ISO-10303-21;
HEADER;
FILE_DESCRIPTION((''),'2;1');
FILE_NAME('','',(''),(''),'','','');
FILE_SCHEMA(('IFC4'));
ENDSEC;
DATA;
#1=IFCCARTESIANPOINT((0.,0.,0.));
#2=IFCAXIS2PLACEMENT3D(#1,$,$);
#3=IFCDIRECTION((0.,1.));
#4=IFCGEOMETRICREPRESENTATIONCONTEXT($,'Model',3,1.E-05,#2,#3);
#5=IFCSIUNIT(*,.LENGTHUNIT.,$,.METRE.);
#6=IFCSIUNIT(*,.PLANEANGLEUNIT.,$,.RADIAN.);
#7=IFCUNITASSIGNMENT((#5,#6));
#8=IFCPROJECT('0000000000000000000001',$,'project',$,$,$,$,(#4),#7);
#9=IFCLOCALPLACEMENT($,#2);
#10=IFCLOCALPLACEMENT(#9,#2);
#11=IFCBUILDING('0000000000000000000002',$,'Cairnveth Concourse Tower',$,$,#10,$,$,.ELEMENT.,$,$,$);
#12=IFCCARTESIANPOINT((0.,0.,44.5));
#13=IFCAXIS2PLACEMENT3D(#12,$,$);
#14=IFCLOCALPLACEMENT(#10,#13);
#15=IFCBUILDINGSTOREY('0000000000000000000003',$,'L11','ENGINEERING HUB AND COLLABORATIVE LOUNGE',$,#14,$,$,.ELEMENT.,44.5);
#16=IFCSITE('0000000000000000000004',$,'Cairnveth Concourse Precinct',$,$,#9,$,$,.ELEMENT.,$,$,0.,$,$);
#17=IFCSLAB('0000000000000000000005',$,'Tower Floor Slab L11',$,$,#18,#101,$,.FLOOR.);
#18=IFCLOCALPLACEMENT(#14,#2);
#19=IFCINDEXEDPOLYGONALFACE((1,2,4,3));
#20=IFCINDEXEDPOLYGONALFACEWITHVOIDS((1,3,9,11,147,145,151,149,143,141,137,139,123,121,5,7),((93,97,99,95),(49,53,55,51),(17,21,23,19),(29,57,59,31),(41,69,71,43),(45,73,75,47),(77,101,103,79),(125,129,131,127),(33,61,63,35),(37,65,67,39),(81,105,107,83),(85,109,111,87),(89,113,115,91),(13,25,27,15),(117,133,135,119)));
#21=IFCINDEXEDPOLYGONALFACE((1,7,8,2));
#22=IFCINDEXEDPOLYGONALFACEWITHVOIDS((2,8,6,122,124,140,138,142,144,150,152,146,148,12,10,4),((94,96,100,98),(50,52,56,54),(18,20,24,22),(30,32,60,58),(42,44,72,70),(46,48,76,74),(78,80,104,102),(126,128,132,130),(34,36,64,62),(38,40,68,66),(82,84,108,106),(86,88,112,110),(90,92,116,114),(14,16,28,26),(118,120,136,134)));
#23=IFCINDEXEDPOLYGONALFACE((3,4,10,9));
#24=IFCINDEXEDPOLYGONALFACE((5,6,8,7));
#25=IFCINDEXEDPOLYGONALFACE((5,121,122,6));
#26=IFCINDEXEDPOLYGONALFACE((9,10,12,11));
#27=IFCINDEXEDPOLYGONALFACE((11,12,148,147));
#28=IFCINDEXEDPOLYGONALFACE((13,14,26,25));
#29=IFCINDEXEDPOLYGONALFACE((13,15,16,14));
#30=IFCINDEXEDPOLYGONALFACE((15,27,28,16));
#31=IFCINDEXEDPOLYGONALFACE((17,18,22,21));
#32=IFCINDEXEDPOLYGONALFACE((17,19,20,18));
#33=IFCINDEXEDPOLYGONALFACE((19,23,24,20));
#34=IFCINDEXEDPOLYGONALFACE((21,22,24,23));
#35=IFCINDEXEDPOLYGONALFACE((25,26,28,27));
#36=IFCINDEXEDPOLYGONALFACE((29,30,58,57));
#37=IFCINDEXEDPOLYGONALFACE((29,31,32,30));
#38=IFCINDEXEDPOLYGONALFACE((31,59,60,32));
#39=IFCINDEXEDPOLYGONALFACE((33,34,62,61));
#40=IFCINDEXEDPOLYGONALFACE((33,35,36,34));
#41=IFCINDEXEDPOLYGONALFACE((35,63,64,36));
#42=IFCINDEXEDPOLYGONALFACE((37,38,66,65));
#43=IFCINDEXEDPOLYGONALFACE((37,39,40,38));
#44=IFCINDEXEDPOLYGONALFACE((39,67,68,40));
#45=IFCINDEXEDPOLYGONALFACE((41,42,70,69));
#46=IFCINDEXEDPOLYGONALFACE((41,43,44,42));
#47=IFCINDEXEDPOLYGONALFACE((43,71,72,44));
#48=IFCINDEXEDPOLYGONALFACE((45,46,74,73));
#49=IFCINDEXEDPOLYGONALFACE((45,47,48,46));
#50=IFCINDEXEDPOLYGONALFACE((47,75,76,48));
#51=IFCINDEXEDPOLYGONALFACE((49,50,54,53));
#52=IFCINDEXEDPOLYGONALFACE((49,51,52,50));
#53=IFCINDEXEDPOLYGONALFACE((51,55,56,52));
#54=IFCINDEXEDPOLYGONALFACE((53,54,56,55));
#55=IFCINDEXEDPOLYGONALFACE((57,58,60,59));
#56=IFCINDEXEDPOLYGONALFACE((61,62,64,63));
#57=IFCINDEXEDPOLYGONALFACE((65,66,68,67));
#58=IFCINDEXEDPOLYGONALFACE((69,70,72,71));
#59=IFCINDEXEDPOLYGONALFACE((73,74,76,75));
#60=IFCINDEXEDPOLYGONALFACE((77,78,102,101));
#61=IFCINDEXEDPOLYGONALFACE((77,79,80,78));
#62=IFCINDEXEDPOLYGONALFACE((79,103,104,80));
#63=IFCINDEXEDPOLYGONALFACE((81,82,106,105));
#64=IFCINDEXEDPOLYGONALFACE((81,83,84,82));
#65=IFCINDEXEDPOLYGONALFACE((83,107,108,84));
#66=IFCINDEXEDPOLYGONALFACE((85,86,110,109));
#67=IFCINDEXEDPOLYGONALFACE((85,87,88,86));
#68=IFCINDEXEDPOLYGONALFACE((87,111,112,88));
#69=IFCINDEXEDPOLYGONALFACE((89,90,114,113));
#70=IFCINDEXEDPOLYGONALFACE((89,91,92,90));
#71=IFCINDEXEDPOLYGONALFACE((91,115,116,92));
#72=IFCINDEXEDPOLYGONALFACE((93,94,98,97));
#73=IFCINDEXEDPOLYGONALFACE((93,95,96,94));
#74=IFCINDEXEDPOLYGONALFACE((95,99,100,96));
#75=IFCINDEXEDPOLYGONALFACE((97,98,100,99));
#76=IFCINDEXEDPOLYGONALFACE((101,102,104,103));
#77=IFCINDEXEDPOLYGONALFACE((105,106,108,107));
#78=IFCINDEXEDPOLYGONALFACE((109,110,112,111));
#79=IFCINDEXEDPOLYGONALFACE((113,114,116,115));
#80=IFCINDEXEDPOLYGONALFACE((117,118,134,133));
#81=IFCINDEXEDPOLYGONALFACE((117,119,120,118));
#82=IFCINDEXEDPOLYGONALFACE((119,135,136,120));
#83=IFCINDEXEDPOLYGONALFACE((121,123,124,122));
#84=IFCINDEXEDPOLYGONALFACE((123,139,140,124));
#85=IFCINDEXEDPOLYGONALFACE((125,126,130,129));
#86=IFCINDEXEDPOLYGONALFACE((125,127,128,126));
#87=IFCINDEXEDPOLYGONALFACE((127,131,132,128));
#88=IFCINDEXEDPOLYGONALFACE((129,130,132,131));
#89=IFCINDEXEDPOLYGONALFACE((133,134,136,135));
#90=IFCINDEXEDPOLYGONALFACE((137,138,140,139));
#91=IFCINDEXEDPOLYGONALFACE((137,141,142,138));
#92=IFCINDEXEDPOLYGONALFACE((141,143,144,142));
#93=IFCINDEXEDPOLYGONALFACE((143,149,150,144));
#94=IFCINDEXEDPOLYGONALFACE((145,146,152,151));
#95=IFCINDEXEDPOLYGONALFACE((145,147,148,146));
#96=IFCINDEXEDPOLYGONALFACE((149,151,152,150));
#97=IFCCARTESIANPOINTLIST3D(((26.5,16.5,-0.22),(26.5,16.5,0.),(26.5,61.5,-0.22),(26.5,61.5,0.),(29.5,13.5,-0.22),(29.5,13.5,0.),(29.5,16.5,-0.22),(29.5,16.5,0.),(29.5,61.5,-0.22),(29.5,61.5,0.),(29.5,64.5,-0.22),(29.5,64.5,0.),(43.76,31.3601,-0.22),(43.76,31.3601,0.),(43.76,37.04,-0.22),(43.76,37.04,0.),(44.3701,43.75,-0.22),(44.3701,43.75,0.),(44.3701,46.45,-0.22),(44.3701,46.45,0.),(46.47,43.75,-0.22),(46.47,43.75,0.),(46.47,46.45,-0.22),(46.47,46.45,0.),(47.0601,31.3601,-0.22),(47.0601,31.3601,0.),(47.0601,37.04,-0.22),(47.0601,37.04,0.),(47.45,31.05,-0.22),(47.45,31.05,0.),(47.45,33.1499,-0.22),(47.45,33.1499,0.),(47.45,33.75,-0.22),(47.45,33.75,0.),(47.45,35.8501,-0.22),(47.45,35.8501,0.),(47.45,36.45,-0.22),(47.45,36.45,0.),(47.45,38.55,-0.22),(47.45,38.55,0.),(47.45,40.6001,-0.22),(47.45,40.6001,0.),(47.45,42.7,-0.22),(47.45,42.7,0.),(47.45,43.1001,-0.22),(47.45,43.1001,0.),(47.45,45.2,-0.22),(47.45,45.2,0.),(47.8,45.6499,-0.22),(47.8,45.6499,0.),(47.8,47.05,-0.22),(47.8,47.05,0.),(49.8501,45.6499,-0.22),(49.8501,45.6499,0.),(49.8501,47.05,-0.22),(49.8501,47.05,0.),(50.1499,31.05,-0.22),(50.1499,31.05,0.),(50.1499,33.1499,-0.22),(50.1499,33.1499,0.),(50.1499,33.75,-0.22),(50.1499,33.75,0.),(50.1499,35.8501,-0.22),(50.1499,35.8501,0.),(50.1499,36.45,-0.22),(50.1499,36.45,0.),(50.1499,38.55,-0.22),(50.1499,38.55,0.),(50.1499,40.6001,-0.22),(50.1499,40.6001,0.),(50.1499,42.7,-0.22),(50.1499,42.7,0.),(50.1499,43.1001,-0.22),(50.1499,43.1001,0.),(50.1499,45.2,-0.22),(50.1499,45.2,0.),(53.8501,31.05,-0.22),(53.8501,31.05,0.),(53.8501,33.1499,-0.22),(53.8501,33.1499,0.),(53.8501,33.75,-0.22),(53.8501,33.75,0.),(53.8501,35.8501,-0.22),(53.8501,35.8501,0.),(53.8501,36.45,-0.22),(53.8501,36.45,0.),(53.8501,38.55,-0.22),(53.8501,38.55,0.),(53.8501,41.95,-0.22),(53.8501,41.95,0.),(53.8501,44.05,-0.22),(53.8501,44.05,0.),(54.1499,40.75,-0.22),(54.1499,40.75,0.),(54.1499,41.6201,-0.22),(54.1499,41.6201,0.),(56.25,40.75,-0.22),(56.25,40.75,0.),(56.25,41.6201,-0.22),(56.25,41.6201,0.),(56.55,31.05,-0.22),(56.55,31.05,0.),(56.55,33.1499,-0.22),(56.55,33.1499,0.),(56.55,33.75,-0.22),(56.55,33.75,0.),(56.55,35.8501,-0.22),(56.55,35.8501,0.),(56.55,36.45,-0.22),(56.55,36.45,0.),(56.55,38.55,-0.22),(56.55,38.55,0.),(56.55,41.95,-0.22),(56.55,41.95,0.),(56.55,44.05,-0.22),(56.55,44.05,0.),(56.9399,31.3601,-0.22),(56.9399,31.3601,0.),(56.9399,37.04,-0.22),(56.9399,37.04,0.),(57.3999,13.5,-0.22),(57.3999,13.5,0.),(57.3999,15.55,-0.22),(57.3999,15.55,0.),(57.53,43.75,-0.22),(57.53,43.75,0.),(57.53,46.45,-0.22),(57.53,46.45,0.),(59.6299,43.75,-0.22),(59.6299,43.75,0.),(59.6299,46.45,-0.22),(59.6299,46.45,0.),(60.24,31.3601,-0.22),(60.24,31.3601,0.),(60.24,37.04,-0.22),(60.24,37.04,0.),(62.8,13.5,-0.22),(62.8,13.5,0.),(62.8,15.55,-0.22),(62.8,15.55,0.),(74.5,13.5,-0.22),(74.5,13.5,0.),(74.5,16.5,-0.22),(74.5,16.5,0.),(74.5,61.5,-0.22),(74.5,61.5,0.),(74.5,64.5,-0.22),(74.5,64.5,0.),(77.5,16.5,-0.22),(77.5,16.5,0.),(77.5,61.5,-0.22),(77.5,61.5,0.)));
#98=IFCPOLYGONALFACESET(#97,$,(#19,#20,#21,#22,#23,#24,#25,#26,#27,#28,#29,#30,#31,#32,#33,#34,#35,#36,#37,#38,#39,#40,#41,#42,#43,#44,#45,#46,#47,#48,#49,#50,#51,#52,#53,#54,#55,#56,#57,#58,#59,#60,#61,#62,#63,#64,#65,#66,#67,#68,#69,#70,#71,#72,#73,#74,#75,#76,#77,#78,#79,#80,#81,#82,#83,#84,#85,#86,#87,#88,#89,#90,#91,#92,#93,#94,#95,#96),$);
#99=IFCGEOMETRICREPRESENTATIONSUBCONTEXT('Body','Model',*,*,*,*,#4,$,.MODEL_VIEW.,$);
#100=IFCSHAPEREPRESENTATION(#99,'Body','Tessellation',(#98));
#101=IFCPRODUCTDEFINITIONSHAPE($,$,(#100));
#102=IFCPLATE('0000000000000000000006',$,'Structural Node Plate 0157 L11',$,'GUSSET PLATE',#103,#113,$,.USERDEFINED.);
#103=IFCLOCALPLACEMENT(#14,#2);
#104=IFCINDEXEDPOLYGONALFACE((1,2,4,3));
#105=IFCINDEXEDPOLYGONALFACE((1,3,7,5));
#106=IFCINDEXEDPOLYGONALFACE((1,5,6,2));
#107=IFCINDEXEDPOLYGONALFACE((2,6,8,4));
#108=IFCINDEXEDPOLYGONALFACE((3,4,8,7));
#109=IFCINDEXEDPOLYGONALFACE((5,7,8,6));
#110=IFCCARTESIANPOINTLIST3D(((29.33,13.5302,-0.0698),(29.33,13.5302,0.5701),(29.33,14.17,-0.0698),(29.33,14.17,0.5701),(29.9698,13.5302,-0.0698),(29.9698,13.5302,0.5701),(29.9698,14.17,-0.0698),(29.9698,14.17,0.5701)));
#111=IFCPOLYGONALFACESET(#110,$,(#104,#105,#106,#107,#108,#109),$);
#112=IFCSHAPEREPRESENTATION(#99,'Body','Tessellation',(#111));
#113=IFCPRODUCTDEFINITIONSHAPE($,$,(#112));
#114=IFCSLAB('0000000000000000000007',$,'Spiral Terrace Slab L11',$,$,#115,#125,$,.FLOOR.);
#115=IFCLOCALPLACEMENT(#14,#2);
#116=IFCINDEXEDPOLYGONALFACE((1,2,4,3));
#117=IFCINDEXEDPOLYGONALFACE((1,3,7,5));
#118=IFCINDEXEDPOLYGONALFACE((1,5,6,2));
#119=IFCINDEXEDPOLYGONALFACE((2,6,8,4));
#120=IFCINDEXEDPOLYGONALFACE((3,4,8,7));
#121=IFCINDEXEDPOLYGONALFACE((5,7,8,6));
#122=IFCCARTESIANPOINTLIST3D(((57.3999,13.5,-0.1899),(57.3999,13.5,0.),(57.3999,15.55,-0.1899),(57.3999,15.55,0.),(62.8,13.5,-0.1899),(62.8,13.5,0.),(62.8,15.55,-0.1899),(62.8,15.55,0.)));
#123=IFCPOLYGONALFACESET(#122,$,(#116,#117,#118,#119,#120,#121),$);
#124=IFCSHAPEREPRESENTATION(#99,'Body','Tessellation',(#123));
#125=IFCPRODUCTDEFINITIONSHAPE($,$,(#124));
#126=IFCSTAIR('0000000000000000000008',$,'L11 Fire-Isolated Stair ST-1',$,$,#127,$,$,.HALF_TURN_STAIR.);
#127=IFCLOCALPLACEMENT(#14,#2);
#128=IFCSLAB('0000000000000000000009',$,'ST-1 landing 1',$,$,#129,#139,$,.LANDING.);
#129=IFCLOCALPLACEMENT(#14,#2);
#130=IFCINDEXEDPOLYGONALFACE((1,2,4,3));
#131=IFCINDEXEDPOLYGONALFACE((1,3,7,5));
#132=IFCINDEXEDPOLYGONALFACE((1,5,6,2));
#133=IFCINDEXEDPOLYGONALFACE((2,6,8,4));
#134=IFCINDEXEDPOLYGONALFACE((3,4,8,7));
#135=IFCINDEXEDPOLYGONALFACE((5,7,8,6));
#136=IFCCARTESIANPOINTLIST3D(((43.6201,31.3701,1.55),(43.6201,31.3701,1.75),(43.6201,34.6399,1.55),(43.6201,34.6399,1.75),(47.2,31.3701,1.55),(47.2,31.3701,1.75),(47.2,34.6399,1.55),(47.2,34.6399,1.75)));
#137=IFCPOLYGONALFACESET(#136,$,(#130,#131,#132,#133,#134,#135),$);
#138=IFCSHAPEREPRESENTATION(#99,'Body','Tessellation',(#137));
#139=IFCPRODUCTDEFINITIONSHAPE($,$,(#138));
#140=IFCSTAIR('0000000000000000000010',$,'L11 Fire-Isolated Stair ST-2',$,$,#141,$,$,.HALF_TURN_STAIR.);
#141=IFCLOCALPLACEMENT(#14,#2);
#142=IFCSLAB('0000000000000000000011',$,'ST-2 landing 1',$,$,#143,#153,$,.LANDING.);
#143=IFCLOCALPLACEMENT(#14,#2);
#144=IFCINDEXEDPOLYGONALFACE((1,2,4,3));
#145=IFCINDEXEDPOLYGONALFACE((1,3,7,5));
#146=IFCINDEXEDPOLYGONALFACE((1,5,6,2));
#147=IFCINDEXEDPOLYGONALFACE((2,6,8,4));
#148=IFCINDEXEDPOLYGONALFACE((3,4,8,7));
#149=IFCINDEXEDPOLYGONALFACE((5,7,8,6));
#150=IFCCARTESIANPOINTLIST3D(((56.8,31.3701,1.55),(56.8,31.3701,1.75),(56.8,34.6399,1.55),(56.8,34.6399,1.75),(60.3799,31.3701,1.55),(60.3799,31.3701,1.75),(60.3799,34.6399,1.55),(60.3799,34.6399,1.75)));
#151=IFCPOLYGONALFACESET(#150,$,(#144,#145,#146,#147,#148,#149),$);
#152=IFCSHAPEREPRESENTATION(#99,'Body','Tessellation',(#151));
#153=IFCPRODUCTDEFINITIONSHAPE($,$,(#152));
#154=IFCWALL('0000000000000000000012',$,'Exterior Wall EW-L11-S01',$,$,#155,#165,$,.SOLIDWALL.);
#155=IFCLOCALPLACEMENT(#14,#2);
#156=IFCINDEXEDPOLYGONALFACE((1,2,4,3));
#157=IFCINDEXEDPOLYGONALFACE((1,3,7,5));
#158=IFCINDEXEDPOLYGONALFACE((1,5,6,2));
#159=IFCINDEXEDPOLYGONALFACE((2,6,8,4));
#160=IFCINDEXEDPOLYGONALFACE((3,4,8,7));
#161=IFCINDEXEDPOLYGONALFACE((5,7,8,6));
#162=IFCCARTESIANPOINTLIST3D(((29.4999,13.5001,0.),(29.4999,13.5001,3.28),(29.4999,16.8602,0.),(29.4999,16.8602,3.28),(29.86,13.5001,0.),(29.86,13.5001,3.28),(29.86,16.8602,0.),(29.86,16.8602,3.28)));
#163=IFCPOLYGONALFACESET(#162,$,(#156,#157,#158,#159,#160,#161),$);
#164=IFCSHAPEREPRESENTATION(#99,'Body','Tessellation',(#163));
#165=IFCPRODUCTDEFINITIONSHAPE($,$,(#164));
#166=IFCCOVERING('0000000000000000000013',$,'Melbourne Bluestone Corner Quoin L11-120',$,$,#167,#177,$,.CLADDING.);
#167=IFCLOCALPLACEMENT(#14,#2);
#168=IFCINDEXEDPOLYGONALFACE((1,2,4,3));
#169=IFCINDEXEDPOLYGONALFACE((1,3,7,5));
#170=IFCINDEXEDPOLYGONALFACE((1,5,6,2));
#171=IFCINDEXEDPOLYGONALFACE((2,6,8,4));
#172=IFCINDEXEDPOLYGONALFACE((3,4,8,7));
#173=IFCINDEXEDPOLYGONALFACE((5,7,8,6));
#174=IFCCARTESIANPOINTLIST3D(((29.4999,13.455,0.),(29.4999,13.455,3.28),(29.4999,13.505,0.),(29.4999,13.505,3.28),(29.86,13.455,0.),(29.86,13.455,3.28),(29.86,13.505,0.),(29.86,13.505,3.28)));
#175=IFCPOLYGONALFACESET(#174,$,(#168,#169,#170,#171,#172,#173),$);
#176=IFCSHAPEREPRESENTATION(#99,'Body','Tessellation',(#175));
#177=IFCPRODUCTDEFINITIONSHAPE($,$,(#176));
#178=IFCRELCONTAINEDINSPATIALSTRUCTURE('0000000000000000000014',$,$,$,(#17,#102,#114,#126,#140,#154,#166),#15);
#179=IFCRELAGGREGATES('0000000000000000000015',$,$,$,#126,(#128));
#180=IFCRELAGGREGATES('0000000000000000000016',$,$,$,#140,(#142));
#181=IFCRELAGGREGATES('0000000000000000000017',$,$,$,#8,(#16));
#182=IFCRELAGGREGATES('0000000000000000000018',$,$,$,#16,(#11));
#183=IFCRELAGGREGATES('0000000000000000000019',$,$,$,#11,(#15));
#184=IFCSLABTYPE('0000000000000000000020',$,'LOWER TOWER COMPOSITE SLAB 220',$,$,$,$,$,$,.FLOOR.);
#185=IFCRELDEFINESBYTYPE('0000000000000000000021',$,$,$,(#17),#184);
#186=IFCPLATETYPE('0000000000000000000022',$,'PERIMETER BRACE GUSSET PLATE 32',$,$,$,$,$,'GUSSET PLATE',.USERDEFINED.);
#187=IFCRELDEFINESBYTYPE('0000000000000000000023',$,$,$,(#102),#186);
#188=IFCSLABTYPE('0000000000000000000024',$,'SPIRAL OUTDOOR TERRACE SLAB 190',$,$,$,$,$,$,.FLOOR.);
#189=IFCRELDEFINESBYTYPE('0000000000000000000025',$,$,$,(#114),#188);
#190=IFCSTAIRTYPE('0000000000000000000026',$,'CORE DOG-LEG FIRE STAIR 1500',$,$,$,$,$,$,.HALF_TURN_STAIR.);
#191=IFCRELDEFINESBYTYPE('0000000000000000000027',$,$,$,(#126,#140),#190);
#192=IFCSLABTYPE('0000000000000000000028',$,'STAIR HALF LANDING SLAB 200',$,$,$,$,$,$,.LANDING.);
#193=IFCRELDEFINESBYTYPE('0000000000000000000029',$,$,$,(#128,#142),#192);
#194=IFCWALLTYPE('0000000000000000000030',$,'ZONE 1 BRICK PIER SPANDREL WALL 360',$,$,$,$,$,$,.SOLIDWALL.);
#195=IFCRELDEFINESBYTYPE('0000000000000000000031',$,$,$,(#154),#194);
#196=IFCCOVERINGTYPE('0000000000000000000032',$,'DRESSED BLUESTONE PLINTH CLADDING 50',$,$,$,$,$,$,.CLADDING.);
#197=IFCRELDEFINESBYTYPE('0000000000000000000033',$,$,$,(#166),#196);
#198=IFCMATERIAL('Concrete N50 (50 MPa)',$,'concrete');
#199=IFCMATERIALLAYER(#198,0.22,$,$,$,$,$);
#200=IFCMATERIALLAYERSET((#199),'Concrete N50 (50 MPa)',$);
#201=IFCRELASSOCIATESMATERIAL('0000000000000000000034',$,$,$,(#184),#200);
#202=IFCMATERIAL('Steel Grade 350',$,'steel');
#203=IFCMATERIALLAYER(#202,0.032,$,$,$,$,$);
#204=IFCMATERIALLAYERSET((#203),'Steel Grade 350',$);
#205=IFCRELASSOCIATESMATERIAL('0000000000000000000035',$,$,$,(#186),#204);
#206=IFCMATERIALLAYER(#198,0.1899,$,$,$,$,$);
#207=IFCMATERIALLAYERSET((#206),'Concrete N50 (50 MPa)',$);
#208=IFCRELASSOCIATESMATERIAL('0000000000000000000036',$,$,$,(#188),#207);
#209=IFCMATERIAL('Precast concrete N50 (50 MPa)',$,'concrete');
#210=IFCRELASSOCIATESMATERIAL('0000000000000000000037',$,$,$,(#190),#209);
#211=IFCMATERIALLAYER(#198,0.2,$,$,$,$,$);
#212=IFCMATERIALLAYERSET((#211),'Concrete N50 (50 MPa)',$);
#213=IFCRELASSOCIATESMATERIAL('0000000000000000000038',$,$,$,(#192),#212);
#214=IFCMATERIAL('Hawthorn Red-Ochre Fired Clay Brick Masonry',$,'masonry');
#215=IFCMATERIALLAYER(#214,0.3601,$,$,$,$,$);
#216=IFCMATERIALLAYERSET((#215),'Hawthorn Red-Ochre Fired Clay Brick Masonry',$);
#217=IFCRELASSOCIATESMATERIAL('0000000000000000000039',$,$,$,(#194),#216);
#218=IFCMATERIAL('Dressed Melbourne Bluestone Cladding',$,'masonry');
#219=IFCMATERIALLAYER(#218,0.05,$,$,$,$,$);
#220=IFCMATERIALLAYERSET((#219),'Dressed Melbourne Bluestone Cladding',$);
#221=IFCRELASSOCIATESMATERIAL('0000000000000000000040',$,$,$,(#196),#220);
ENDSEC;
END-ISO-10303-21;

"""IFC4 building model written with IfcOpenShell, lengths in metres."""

from ifc_helpers import new_model, si_unit, direction, frame, frame_2d, origin, origin_2d, place, context, subcontext, project, spatial, polyline, rectangle, outline, extrude, material, layer, layer_set, type_object, element, aggregate, save


model = new_model("IFC4")

# Units and contexts
model_context = context("Model", 3, precision=1e-05, world=origin(), true_north=direction((0.0, 1.0)))
body_context = subcontext(model_context, "Body", "Model", "MODEL_VIEW")
ifc_project = project(units=[si_unit("LENGTHUNIT", "METRE"), si_unit("PLANEANGLEUNIT", "RADIAN")], contexts=[model_context])

# Site, building, storey
site_placement = place(None, origin())
site = spatial("IfcSite", under=ifc_project, at=site_placement, Name="Cairnveth Concourse Precinct", CompositionType="ELEMENT", RefElevation=0.0)
building_placement = place(site_placement, origin())
building = spatial("IfcBuilding", under=site, at=building_placement, Name="Cairnveth Concourse Tower", CompositionType="ELEMENT")
storey_placement = place(building_placement, frame((0.0, 0.0, 44.5)))
storey = spatial("IfcBuildingStorey", under=building, at=storey_placement, Name="L11", Description="ENGINEERING HUB AND COLLABORATIVE LOUNGE", CompositionType="ELEMENT", Elevation=44.5)

# Shared definitions
ifc_material_1 = material(Name="Steel Grade 350", Category="steel")

# Slab
ifc_material_2 = material(Name="Concrete N50 (50 MPa)", Category="concrete")
ifc_layer_1 = layer(ifc_material_2, 0.22)
ifc_layer_set_1 = layer_set([ifc_layer_1], Name="Concrete N50 (50 MPa)")
slab_type_1 = type_object("IfcSlabType", Name="LOWER TOWER COMPOSITE SLAB 220", PredefinedType="FLOOR", material=ifc_layer_set_1)
slab_1_placement = place(storey_placement, frame((0.0, 0.0, -0.22)))
element("IfcSlab", 1, at=slab_1_placement, inside=storey, type_object=slab_type_1, Name="Tower Floor Slab L11", PredefinedType="FLOOR", context=body_context, shape_type="SweptSolid", body=[
    extrude(outline(polyline([(57.3999, 13.5), (57.3999, 15.55), (62.8, 15.55), (62.8, 13.5), (74.5, 13.5), (74.5, 16.5), (77.5, 16.5), (77.5, 61.5), (74.5, 61.5), (74.5, 64.5), (29.5, 64.5), (29.5, 61.5), (26.5, 61.5), (26.5, 16.5), (29.5, 16.5), (29.5, 13.5), (57.3999, 13.5)]), holes=[polyline([(43.76, 31.3601), (47.0601, 31.3601), (47.0601, 37.04), (43.76, 37.04), (43.76, 31.3601)]), polyline([(56.9399, 31.3601), (60.24, 31.3601), (60.24, 37.04), (56.9399, 37.04), (56.9399, 31.3601)]), polyline([(44.3701, 43.75), (46.47, 43.75), (46.47, 46.45), (44.3701, 46.45), (44.3701, 43.75)]), polyline([(57.53, 43.75), (59.6299, 43.75), (59.6299, 46.45), (57.53, 46.45), (57.53, 43.75)]), polyline([(47.45, 31.05), (50.1499, 31.05), (50.1499, 33.1499), (47.45, 33.1499), (47.45, 31.05)]), polyline([(47.45, 33.75), (50.1499, 33.75), (50.1499, 35.8501), (47.45, 35.8501), (47.45, 33.75)]), polyline([(47.45, 36.45), (50.1499, 36.45), (50.1499, 38.55), (47.45, 38.55), (47.45, 36.45)]), polyline([(53.8501, 31.05), (56.55, 31.05), (56.55, 33.1499), (53.8501, 33.1499), (53.8501, 31.05)]), polyline([(53.8501, 33.75), (56.55, 33.75), (56.55, 35.8501), (53.8501, 35.8501), (53.8501, 33.75)]), polyline([(53.8501, 36.45), (56.55, 36.45), (56.55, 38.55), (53.8501, 38.55), (53.8501, 36.45)]), polyline([(47.45, 40.6001), (50.1499, 40.6001), (50.1499, 42.7), (47.45, 42.7), (47.45, 40.6001)]), polyline([(47.45, 43.1001), (50.1499, 43.1001), (50.1499, 45.2), (47.45, 45.2), (47.45, 43.1001)]), polyline([(53.8501, 41.95), (56.55, 41.95), (56.55, 44.05), (53.8501, 44.05), (53.8501, 41.95)]), polyline([(47.8, 45.6499), (49.8501, 45.6499), (49.8501, 47.05), (47.8, 47.05), (47.8, 45.6499)]), polyline([(54.1499, 40.75), (56.25, 40.75), (56.25, 41.6201), (54.1499, 41.6201), (54.1499, 40.75)])]), origin(), (0.0, 0.0, 1.0), 0.22),
])

# Plate
ifc_layer_2 = layer(ifc_material_1, 0.032)
ifc_layer_set_2 = layer_set([ifc_layer_2], Name="Steel Grade 350")
plate_type = type_object("IfcPlateType", Name="PERIMETER BRACE GUSSET PLATE 32", ElementType="GUSSET PLATE", PredefinedType="USERDEFINED", material=ifc_layer_set_2)
plate_placement = place(storey_placement, frame((29.6499, 13.8501, -0.0698), z_axis=(0.0, 0.0, 1.0), x_axis=(1.0, 0.0, 0.0)))
element("IfcPlate", 2, at=plate_placement, inside=storey, type_object=plate_type, Name="Structural Node Plate 0157 L11", ObjectType="GUSSET PLATE", PredefinedType="USERDEFINED", context=body_context, shape_type="SweptSolid", body=[
    extrude(rectangle(XDim=0.6399, YDim=0.6399, at=origin_2d()), origin(), (0.0, 0.0, 1.0), 0.6399),
])

# Slab
ifc_layer_3 = layer(ifc_material_2, 0.1899)
ifc_layer_set_3 = layer_set([ifc_layer_3], Name="Concrete N50 (50 MPa)")
slab_type_2 = type_object("IfcSlabType", Name="SPIRAL OUTDOOR TERRACE SLAB 190", PredefinedType="FLOOR", material=ifc_layer_set_3)
slab_2_placement = place(storey_placement, frame((0.0, 0.0, -0.1899)))
element("IfcSlab", 3, at=slab_2_placement, inside=storey, type_object=slab_type_2, Name="Spiral Terrace Slab L11", PredefinedType="FLOOR", context=body_context, shape_type="SweptSolid", body=[
    extrude(outline(polyline([(57.3999, 13.5), (62.8, 13.5), (62.8, 15.55), (57.3999, 15.55), (57.3999, 13.5)])), origin(), (0.0, 0.0, 1.0), 0.1899),
])

# Stairs, slabs
ifc_material_3 = material(Name="Precast concrete N50 (50 MPa)", Category="concrete")
stair_type = type_object("IfcStairType", Name="CORE DOG-LEG FIRE STAIR 1500", PredefinedType="HALF_TURN_STAIR", material=ifc_material_3)
stair_1_placement = place(storey_placement, origin())
stair_1 = element("IfcStair", 4, at=stair_1_placement, inside=storey, type_object=stair_type, Name="L11 Fire-Isolated Stair ST-1", PredefinedType="HALF_TURN_STAIR")
ifc_layer_4 = layer(ifc_material_2, 0.2)
ifc_layer_set_4 = layer_set([ifc_layer_4], Name="Concrete N50 (50 MPa)")
slab_type_3 = type_object("IfcSlabType", Name="STAIR HALF LANDING SLAB 200", PredefinedType="LANDING", material=ifc_layer_set_4)
slab_3_placement = place(storey_placement, frame((0.0, 0.0, 1.55)))
slab_3 = element("IfcSlab", 5, at=slab_3_placement, type_object=slab_type_3, Name="ST-1 landing 1", PredefinedType="LANDING", context=body_context, shape_type="SweptSolid", body=[
    extrude(outline(polyline([(43.6201, 34.6399), (43.6201, 31.3701), (47.2, 31.3701), (47.2, 34.6399), (43.6201, 34.6399)])), origin(), (0.0, 0.0, 1.0), 0.2),
])
aggregate(stair_1, [slab_3])
stair_2_placement = place(storey_placement, origin())
stair_2 = element("IfcStair", 6, at=stair_2_placement, inside=storey, type_object=stair_type, Name="L11 Fire-Isolated Stair ST-2", PredefinedType="HALF_TURN_STAIR")
slab_4_placement = place(storey_placement, frame((0.0, 0.0, 1.55)))
slab_4 = element("IfcSlab", 7, at=slab_4_placement, type_object=slab_type_3, Name="ST-2 landing 1", PredefinedType="LANDING", context=body_context, shape_type="SweptSolid", body=[
    extrude(outline(polyline([(56.8, 34.6399), (56.8, 31.3701), (60.3799, 31.3701), (60.3799, 34.6399), (56.8, 34.6399)])), origin(), (0.0, 0.0, 1.0), 0.2),
])
aggregate(stair_2, [slab_4])

# Wall
ifc_material_4 = material(Name="Hawthorn Red-Ochre Fired Clay Brick Masonry", Category="masonry")
ifc_layer_5 = layer(ifc_material_4, 0.3601)
ifc_layer_set_5 = layer_set([ifc_layer_5], Name="Hawthorn Red-Ochre Fired Clay Brick Masonry")
wall_type = type_object("IfcWallType", Name="ZONE 1 BRICK PIER SPANDREL WALL 360", PredefinedType="SOLIDWALL", material=ifc_layer_set_5)
wall_1_placement = place(storey_placement, frame((29.6799, 13.5, 0.0), z_axis=(0.0, 0.0, 1.0), x_axis=(0.0, 1.0, 0.0)))
element("IfcWall", 8, at=wall_1_placement, inside=storey, type_object=wall_type, Name="Exterior Wall EW-L11-S01", PredefinedType="SOLIDWALL", context=body_context, shape_type="SweptSolid", body=[
    extrude(rectangle(XDim=3.3601, YDim=0.3601, at=frame_2d((1.6802, 0.0))), origin(), (0.0, 0.0, 1.0), 3.28),
])

# Covering
ifc_material_5 = material(Name="Dressed Melbourne Bluestone Cladding", Category="masonry")
ifc_layer_6 = layer(ifc_material_5, 0.05)
ifc_layer_set_6 = layer_set([ifc_layer_6], Name="Dressed Melbourne Bluestone Cladding")
covering_type = type_object("IfcCoveringType", Name="DRESSED BLUESTONE PLINTH CLADDING 50", PredefinedType="CLADDING", material=ifc_layer_set_6)
for number, where, z_axis, x_axis, name in (
    (9, (29.8601, 13.48, 0.0), (0.0, 0.0, 1.0), (-1.0, 0.0, 0.0), "Melbourne Bluestone Corner Quoin L11-120"),
):
    element("IfcCovering", number, at=place(storey_placement, frame(where, z_axis=z_axis, x_axis=x_axis)), inside=storey, type_object=covering_type, Name=name, PredefinedType="CLADDING", context=body_context, shape_type="SweptSolid", body=[
        extrude(rectangle(XDim=0.3601, YDim=0.05, at=frame_2d((0.1802, 0.0))), origin(), (0.0, 0.0, 1.0), 3.28),
    ])

save(model, "model.ifc")
